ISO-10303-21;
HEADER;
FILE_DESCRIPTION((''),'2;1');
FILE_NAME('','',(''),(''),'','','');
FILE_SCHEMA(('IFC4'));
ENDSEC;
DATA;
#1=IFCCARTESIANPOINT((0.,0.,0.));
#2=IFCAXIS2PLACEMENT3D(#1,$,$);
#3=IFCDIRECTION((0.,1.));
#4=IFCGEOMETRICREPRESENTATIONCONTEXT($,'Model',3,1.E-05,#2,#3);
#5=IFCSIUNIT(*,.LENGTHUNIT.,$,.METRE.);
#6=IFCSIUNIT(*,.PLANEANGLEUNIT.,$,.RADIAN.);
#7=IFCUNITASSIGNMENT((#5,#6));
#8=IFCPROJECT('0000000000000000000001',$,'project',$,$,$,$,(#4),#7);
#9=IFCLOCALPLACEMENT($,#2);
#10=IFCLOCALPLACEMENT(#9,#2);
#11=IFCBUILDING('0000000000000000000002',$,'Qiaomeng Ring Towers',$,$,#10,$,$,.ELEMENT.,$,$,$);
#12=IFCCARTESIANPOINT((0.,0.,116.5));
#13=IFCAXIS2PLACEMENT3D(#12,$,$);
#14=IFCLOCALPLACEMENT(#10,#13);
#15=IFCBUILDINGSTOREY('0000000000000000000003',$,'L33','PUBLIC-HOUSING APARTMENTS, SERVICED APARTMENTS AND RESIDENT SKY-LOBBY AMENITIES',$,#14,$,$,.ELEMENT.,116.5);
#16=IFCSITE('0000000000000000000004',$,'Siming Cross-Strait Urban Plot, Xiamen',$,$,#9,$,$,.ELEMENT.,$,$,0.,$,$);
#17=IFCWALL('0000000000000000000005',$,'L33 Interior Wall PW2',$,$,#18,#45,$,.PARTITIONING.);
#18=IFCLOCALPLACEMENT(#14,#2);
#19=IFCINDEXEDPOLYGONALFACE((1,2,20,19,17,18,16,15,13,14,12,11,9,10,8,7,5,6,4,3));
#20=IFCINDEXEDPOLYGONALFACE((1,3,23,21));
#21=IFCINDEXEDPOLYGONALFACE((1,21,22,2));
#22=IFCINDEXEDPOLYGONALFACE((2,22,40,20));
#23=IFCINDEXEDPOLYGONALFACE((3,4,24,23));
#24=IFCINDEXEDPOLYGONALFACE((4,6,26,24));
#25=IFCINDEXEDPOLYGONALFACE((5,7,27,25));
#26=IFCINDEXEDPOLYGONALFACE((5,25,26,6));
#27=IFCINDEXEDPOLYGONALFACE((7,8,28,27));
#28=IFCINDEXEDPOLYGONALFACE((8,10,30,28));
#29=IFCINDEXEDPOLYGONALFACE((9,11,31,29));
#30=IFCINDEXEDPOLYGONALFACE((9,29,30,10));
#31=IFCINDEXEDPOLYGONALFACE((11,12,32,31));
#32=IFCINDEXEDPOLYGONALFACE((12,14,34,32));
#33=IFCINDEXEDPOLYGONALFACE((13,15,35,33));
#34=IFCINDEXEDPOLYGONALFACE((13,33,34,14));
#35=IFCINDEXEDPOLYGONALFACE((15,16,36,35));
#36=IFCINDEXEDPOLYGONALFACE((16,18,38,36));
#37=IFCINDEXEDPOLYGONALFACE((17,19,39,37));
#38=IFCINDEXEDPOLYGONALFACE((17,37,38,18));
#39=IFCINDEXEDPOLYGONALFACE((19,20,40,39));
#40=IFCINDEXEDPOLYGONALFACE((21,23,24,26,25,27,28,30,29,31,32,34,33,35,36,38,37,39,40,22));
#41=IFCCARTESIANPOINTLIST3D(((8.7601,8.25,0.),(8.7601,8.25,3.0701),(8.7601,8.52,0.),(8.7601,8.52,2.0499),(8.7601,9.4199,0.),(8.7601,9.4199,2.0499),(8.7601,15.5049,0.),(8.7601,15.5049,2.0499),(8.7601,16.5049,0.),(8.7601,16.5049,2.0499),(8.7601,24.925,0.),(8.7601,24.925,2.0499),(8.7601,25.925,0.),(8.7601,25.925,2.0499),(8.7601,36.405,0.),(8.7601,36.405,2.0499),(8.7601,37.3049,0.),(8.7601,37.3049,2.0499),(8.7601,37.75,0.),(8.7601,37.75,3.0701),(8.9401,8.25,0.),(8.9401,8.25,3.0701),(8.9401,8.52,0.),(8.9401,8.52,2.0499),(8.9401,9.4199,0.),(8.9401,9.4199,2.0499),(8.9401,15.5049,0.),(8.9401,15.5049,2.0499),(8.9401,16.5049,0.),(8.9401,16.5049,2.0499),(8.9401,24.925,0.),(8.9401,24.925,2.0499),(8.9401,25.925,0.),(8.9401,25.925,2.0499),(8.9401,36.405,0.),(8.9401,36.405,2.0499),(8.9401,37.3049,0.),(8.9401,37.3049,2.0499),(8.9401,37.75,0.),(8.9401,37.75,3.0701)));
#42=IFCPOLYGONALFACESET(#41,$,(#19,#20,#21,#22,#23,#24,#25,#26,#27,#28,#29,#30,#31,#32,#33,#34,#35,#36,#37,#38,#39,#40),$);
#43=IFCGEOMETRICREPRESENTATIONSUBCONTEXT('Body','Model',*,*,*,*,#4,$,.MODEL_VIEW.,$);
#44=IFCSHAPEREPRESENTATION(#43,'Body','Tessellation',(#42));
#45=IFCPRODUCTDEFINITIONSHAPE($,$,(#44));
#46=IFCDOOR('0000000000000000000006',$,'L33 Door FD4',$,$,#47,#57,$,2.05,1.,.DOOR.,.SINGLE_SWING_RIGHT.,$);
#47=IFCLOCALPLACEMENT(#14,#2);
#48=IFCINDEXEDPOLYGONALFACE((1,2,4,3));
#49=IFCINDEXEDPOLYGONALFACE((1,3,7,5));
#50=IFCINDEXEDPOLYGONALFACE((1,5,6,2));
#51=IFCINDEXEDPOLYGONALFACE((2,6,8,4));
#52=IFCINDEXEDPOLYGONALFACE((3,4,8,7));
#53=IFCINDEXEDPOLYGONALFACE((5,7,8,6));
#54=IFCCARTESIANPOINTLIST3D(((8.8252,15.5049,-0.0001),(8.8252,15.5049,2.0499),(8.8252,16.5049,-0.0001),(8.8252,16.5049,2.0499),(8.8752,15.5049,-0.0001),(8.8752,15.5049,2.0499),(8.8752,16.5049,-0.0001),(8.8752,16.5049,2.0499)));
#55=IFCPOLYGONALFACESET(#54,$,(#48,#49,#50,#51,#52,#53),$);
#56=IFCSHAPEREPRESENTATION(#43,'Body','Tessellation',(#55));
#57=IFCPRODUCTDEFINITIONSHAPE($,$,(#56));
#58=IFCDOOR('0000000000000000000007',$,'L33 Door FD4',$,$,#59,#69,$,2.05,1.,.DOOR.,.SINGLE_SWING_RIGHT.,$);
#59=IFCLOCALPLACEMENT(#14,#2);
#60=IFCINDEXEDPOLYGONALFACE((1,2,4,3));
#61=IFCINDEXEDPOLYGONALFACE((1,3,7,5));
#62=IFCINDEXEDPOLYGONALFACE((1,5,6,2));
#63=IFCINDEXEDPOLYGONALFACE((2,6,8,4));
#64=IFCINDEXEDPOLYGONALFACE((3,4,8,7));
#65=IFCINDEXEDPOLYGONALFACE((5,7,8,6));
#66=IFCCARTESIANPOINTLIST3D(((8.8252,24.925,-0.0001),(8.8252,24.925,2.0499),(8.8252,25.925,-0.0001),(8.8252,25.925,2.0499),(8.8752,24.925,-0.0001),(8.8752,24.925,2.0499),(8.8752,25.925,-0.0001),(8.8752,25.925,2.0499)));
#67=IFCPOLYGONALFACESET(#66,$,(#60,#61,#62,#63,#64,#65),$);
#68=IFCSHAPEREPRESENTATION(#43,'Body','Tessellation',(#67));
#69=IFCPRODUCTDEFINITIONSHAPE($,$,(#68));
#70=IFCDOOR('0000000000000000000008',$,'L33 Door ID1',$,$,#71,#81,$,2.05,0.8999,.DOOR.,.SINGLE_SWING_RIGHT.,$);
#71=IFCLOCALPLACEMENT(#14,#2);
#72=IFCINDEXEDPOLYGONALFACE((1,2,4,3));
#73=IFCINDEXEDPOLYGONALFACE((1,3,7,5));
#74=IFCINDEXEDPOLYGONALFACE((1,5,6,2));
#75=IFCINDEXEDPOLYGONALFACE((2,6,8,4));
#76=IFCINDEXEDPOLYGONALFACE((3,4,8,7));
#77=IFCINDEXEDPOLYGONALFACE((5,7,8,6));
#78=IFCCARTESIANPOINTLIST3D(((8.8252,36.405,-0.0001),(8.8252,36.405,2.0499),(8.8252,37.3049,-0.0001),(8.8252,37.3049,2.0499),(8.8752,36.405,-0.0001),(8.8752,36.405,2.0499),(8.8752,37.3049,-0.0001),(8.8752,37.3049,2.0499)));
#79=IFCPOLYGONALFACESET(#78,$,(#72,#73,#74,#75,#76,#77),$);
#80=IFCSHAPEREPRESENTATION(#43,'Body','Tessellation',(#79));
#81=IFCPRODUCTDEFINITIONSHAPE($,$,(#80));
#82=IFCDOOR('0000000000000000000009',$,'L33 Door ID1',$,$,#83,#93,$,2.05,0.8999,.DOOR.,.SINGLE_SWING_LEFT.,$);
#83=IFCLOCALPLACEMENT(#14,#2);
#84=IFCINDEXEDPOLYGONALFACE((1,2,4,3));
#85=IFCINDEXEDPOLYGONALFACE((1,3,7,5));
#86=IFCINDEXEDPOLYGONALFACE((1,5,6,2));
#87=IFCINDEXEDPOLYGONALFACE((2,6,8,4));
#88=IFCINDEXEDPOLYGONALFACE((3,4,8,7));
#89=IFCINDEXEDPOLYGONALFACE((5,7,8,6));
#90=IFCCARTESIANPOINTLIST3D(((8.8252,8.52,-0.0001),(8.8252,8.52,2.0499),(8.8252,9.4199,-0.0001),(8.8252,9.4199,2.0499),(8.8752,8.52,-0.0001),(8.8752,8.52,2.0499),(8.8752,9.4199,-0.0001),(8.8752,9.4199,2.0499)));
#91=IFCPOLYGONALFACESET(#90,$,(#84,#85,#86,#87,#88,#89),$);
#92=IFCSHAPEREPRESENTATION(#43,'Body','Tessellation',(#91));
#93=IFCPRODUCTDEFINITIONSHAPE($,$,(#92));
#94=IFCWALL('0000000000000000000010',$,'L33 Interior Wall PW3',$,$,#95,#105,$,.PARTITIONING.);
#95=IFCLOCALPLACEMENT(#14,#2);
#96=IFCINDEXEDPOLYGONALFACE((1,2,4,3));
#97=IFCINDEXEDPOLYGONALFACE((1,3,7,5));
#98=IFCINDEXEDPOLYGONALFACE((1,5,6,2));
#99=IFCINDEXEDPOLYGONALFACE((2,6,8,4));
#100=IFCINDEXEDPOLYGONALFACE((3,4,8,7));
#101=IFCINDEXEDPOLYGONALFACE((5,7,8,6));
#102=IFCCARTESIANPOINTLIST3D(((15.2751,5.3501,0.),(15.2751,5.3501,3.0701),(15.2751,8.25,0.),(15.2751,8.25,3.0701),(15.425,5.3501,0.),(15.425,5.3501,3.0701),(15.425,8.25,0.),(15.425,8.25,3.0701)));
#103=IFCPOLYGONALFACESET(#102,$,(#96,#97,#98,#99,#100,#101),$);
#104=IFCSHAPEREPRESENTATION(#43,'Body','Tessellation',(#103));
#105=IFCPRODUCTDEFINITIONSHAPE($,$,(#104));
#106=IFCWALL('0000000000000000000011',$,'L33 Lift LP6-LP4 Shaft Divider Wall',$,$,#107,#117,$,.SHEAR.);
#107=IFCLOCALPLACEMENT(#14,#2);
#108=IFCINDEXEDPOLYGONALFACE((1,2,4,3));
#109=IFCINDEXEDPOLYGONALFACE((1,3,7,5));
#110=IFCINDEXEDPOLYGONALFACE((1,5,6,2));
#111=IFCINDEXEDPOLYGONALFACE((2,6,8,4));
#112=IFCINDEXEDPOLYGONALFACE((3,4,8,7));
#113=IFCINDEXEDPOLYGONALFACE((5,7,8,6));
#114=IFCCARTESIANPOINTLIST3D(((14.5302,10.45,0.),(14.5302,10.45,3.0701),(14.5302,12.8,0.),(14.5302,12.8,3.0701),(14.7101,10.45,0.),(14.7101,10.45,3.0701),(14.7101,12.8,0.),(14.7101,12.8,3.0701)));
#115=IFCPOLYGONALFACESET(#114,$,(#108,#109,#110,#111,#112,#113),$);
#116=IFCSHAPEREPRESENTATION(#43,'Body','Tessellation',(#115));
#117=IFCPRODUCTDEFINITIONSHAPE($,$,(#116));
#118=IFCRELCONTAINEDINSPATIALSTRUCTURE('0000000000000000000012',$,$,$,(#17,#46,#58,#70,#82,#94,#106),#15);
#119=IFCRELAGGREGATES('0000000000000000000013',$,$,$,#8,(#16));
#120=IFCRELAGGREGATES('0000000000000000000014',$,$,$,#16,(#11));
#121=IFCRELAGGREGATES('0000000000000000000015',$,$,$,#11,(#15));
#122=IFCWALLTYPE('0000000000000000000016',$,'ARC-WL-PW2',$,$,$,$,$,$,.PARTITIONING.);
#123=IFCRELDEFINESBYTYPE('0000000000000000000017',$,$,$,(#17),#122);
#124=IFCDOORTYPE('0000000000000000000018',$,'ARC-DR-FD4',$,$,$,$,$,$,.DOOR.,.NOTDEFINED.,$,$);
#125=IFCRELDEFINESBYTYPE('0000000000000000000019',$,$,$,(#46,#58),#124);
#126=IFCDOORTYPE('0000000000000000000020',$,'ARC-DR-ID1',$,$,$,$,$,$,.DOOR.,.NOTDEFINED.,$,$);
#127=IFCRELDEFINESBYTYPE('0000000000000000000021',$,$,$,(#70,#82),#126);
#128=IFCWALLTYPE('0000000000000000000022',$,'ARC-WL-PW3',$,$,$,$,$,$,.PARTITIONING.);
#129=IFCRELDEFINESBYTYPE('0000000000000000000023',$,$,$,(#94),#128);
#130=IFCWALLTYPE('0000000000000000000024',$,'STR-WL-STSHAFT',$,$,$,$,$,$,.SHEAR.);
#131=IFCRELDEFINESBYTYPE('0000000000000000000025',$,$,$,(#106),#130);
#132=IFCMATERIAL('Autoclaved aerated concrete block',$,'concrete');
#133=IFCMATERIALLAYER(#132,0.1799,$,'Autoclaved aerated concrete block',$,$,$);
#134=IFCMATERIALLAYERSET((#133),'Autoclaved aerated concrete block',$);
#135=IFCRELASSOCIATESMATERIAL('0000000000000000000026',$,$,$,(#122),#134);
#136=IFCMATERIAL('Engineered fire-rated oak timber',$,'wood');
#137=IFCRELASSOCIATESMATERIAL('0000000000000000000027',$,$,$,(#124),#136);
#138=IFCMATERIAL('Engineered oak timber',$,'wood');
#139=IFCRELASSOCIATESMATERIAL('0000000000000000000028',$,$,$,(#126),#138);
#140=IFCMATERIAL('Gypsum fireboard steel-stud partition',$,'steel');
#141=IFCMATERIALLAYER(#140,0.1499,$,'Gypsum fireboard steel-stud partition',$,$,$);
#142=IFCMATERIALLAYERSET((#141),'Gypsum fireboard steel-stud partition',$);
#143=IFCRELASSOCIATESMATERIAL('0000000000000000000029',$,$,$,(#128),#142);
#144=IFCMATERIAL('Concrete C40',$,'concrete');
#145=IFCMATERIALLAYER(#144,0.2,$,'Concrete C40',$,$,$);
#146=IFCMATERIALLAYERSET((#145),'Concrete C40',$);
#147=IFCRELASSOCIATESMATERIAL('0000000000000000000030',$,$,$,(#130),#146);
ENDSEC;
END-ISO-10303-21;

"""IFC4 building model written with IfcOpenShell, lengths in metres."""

from ifc_helpers import new_model, si_unit, direction, frame, frame_2d, origin, place, context, subcontext, project, spatial, rectangle, extrude, source, transform, mapped, material, layer, layer_set, type_object, element, fill, save


model = new_model("IFC4")

# Units and contexts
model_context = context("Model", 3, precision=1e-05, world=origin(), true_north=direction((0.0, 1.0)))
body_context = subcontext(model_context, "Body", "Model", "MODEL_VIEW")
ifc_project = project(units=[si_unit("LENGTHUNIT", "METRE"), si_unit("PLANEANGLEUNIT", "RADIAN")], contexts=[model_context])

# Site, building, storey
site_placement = place(None, origin())
site = spatial("IfcSite", under=ifc_project, at=site_placement, Name="Siming Cross-Strait Urban Plot, Xiamen", CompositionType="ELEMENT", RefElevation=0.0)
building_placement = place(site_placement, origin())
building = spatial("IfcBuilding", under=site, at=building_placement, Name="Qiaomeng Ring Towers", CompositionType="ELEMENT")
storey_placement = place(building_placement, frame((0.0, 0.0, 116.5)))
storey = spatial("IfcBuildingStorey", under=building, at=storey_placement, Name="L33", Description="PUBLIC-HOUSING APARTMENTS, SERVICED APARTMENTS AND RESIDENT SKY-LOBBY AMENITIES", CompositionType="ELEMENT", Elevation=116.5)

# Wall, openings, doors
ifc_material_1 = material(Name="Autoclaved aerated concrete block", Category="concrete")
ifc_layer_1 = layer(ifc_material_1, 0.1799, Name="Autoclaved aerated concrete block")
ifc_layer_set_1 = layer_set([ifc_layer_1], Name="Autoclaved aerated concrete block")
wall_type_1 = type_object("IfcWallType", Name="ARC-WL-PW2", PredefinedType="PARTITIONING", material=ifc_layer_set_1)
wall_1_placement = place(storey_placement, frame((8.8501, 8.25, 0.0), z_axis=(0.0, 0.0, 1.0), x_axis=(0.0, 1.0, 0.0)))
wall_1 = element("IfcWall", 1, at=wall_1_placement, inside=storey, type_object=wall_type_1, Name="L33 Interior Wall PW2", PredefinedType="PARTITIONING", context=body_context, shape_type="SweptSolid", body=[
    extrude(rectangle(XDim=29.5, YDim=0.1799, at=frame_2d((14.75, 0.0))), origin(), (0.0, 0.0, 1.0), 3.0701),
])
opening_1_placement = place(wall_1_placement, frame((28.155, 0.0, 0.0)))
opening_1 = element("IfcOpeningElement", 2, at=opening_1_placement, cuts=wall_1, PredefinedType="OPENING", context=body_context, shape_type="SweptSolid", body=[
    extrude(rectangle(XDim=0.8999, YDim=2.05, at=frame_2d((0.45, 1.0249))), frame((0.0, 0.0999, 0.0), z_axis=(0.0, -1.0, 0.0), x_axis=(1.0, 0.0, 0.0)), (0.0, 0.0, 1.0), 0.2),
])
opening_2_placement = place(wall_1_placement, frame((0.27, 0.0, 0.0)))
opening_2 = element("IfcOpeningElement", 3, at=opening_2_placement, cuts=wall_1, PredefinedType="OPENING", context=body_context, shape_type="SweptSolid", body=[
    extrude(rectangle(XDim=0.8999, YDim=2.05, at=frame_2d((0.45, 1.0249))), frame((0.0, 0.0999, 0.0), z_axis=(0.0, -1.0, 0.0), x_axis=(1.0, 0.0, 0.0)), (0.0, 0.0, 1.0), 0.2),
])
opening_3_placement = place(wall_1_placement, frame((7.2549, 0.0, 0.0)))
opening_3 = element("IfcOpeningElement", 4, at=opening_3_placement, cuts=wall_1, PredefinedType="OPENING", context=body_context, shape_type="SweptSolid", body=[
    extrude(rectangle(XDim=1.0, YDim=2.05, at=frame_2d((0.5, 1.0249))), frame((0.0, 0.0999, 0.0), z_axis=(0.0, -1.0, 0.0), x_axis=(1.0, 0.0, 0.0)), (0.0, 0.0, 1.0), 0.2),
])
opening_4_placement = place(wall_1_placement, frame((16.675, 0.0, 0.0)))
opening_4 = element("IfcOpeningElement", 5, at=opening_4_placement, cuts=wall_1, PredefinedType="OPENING", context=body_context, shape_type="SweptSolid", body=[
    extrude(rectangle(XDim=1.0, YDim=2.05, at=frame_2d((0.5, 1.0249))), frame((0.0, 0.0999, 0.0), z_axis=(0.0, -1.0, 0.0), x_axis=(1.0, 0.0, 0.0)), (0.0, 0.0, 1.0), 0.2),
])
ifc_material_2 = material(Name="Engineered fire-rated oak timber", Category="wood")
door_type_1 = type_object("IfcDoorType", Name="ARC-DR-FD4", OperationType="NOTDEFINED", PredefinedType="DOOR", material=ifc_material_2)
shared_shape_1 = source(origin(), body_context, "Body", "SweptSolid", [
    extrude(rectangle(XDim=1.0, YDim=2.05, at=frame_2d((0.5, 1.0249))), frame((0.0, 0.0249, 0.0), z_axis=(0.0, -1.0, 0.0), x_axis=(1.0, 0.0, 0.0)), (0.0, 0.0, 1.0), 0.05),
])
door_1_placement = place(opening_3_placement, origin())
door_1 = element("IfcDoor", 6, at=door_1_placement, inside=storey, type_object=door_type_1, Name="L33 Door FD4", OperationType="SINGLE_SWING_RIGHT", OverallHeight=2.05, OverallWidth=1.0, PredefinedType="DOOR", context=body_context, shape_type="MappedRepresentation", body=[
    mapped(shared_shape_1, transform((0.0, 0.0, 0.0), x_axis=(1.0, 0.0, 0.0), y_axis=(0.0, 1.0, 0.0), z_axis=(0.0, 0.0, 1.0), scale=1.0)),
])
fill(opening_3, door_1)
door_2_placement = place(opening_4_placement, origin())
door_2 = element("IfcDoor", 7, at=door_2_placement, inside=storey, type_object=door_type_1, Name="L33 Door FD4", OperationType="SINGLE_SWING_RIGHT", OverallHeight=2.05, OverallWidth=1.0, PredefinedType="DOOR", context=body_context, shape_type="MappedRepresentation", body=[
    mapped(shared_shape_1, transform((0.0, 0.0, 0.0), x_axis=(1.0, 0.0, 0.0), y_axis=(0.0, 1.0, 0.0), z_axis=(0.0, 0.0, 1.0), scale=1.0)),
])
fill(opening_4, door_2)
ifc_material_3 = material(Name="Engineered oak timber", Category="wood")
door_type_2 = type_object("IfcDoorType", Name="ARC-DR-ID1", OperationType="NOTDEFINED", PredefinedType="DOOR", material=ifc_material_3)
shared_shape_2 = source(origin(), body_context, "Body", "SweptSolid", [
    extrude(rectangle(XDim=0.8999, YDim=2.05, at=frame_2d((0.45, 1.0249))), frame((0.0, 0.0249, 0.0), z_axis=(0.0, -1.0, 0.0), x_axis=(1.0, 0.0, 0.0)), (0.0, 0.0, 1.0), 0.05),
])
door_3_placement = place(opening_1_placement, origin())
door_3 = element("IfcDoor", 8, at=door_3_placement, inside=storey, type_object=door_type_2, Name="L33 Door ID1", OperationType="SINGLE_SWING_RIGHT", OverallHeight=2.05, OverallWidth=0.8999, PredefinedType="DOOR", context=body_context, shape_type="MappedRepresentation", body=[
    mapped(shared_shape_2, transform((0.0, 0.0, 0.0), x_axis=(1.0, 0.0, 0.0), y_axis=(0.0, 1.0, 0.0), z_axis=(0.0, 0.0, 1.0), scale=1.0)),
])
fill(opening_1, door_3)
door_4_placement = place(opening_2_placement, origin())
door_4 = element("IfcDoor", 9, at=door_4_placement, inside=storey, type_object=door_type_2, Name="L33 Door ID1", OperationType="SINGLE_SWING_LEFT", OverallHeight=2.05, OverallWidth=0.8999, PredefinedType="DOOR", context=body_context, shape_type="MappedRepresentation", body=[
    mapped(shared_shape_2, transform((0.0, 0.0, 0.0), x_axis=(1.0, 0.0, 0.0), y_axis=(0.0, 1.0, 0.0), z_axis=(0.0, 0.0, 1.0), scale=1.0)),
])
fill(opening_2, door_4)

# Walls
ifc_material_4 = material(Name="Gypsum fireboard steel-stud partition", Category="steel")
ifc_layer_2 = layer(ifc_material_4, 0.1499, Name="Gypsum fireboard steel-stud partition")
ifc_layer_set_2 = layer_set([ifc_layer_2], Name="Gypsum fireboard steel-stud partition")
wall_type_2 = type_object("IfcWallType", Name="ARC-WL-PW3", PredefinedType="PARTITIONING", material=ifc_layer_set_2)
wall_2_placement = place(storey_placement, frame((15.3501, 5.3501, 0.0), z_axis=(0.0, 0.0, 1.0), x_axis=(0.0, 1.0, 0.0)))
element("IfcWall", 10, at=wall_2_placement, inside=storey, type_object=wall_type_2, Name="L33 Interior Wall PW3", PredefinedType="PARTITIONING", context=body_context, shape_type="SweptSolid", body=[
    extrude(rectangle(XDim=2.8999, YDim=0.1499, at=frame_2d((1.45, 0.0))), origin(), (0.0, 0.0, 1.0), 3.0701),
])
ifc_material_5 = material(Name="Concrete C40", Category="concrete")
ifc_layer_3 = layer(ifc_material_5, 0.2, Name="Concrete C40")
ifc_layer_set_3 = layer_set([ifc_layer_3], Name="Concrete C40")
wall_type_3 = type_object("IfcWallType", Name="STR-WL-STSHAFT", PredefinedType="SHEAR", material=ifc_layer_set_3)
wall_3_placement = place(storey_placement, frame((14.6201, 10.45, 0.0), z_axis=(0.0, 0.0, 1.0), x_axis=(0.0, 1.0, 0.0)))
element("IfcWall", 11, at=wall_3_placement, inside=storey, type_object=wall_type_3, Name="L33 Lift LP6-LP4 Shaft Divider Wall", PredefinedType="SHEAR", context=body_context, shape_type="SweptSolid", body=[
    extrude(rectangle(XDim=2.3501, YDim=0.1799, at=frame_2d((1.175, 0.0))), origin(), (0.0, 0.0, 1.0), 3.0701),
])

save(model, "model.ifc")
